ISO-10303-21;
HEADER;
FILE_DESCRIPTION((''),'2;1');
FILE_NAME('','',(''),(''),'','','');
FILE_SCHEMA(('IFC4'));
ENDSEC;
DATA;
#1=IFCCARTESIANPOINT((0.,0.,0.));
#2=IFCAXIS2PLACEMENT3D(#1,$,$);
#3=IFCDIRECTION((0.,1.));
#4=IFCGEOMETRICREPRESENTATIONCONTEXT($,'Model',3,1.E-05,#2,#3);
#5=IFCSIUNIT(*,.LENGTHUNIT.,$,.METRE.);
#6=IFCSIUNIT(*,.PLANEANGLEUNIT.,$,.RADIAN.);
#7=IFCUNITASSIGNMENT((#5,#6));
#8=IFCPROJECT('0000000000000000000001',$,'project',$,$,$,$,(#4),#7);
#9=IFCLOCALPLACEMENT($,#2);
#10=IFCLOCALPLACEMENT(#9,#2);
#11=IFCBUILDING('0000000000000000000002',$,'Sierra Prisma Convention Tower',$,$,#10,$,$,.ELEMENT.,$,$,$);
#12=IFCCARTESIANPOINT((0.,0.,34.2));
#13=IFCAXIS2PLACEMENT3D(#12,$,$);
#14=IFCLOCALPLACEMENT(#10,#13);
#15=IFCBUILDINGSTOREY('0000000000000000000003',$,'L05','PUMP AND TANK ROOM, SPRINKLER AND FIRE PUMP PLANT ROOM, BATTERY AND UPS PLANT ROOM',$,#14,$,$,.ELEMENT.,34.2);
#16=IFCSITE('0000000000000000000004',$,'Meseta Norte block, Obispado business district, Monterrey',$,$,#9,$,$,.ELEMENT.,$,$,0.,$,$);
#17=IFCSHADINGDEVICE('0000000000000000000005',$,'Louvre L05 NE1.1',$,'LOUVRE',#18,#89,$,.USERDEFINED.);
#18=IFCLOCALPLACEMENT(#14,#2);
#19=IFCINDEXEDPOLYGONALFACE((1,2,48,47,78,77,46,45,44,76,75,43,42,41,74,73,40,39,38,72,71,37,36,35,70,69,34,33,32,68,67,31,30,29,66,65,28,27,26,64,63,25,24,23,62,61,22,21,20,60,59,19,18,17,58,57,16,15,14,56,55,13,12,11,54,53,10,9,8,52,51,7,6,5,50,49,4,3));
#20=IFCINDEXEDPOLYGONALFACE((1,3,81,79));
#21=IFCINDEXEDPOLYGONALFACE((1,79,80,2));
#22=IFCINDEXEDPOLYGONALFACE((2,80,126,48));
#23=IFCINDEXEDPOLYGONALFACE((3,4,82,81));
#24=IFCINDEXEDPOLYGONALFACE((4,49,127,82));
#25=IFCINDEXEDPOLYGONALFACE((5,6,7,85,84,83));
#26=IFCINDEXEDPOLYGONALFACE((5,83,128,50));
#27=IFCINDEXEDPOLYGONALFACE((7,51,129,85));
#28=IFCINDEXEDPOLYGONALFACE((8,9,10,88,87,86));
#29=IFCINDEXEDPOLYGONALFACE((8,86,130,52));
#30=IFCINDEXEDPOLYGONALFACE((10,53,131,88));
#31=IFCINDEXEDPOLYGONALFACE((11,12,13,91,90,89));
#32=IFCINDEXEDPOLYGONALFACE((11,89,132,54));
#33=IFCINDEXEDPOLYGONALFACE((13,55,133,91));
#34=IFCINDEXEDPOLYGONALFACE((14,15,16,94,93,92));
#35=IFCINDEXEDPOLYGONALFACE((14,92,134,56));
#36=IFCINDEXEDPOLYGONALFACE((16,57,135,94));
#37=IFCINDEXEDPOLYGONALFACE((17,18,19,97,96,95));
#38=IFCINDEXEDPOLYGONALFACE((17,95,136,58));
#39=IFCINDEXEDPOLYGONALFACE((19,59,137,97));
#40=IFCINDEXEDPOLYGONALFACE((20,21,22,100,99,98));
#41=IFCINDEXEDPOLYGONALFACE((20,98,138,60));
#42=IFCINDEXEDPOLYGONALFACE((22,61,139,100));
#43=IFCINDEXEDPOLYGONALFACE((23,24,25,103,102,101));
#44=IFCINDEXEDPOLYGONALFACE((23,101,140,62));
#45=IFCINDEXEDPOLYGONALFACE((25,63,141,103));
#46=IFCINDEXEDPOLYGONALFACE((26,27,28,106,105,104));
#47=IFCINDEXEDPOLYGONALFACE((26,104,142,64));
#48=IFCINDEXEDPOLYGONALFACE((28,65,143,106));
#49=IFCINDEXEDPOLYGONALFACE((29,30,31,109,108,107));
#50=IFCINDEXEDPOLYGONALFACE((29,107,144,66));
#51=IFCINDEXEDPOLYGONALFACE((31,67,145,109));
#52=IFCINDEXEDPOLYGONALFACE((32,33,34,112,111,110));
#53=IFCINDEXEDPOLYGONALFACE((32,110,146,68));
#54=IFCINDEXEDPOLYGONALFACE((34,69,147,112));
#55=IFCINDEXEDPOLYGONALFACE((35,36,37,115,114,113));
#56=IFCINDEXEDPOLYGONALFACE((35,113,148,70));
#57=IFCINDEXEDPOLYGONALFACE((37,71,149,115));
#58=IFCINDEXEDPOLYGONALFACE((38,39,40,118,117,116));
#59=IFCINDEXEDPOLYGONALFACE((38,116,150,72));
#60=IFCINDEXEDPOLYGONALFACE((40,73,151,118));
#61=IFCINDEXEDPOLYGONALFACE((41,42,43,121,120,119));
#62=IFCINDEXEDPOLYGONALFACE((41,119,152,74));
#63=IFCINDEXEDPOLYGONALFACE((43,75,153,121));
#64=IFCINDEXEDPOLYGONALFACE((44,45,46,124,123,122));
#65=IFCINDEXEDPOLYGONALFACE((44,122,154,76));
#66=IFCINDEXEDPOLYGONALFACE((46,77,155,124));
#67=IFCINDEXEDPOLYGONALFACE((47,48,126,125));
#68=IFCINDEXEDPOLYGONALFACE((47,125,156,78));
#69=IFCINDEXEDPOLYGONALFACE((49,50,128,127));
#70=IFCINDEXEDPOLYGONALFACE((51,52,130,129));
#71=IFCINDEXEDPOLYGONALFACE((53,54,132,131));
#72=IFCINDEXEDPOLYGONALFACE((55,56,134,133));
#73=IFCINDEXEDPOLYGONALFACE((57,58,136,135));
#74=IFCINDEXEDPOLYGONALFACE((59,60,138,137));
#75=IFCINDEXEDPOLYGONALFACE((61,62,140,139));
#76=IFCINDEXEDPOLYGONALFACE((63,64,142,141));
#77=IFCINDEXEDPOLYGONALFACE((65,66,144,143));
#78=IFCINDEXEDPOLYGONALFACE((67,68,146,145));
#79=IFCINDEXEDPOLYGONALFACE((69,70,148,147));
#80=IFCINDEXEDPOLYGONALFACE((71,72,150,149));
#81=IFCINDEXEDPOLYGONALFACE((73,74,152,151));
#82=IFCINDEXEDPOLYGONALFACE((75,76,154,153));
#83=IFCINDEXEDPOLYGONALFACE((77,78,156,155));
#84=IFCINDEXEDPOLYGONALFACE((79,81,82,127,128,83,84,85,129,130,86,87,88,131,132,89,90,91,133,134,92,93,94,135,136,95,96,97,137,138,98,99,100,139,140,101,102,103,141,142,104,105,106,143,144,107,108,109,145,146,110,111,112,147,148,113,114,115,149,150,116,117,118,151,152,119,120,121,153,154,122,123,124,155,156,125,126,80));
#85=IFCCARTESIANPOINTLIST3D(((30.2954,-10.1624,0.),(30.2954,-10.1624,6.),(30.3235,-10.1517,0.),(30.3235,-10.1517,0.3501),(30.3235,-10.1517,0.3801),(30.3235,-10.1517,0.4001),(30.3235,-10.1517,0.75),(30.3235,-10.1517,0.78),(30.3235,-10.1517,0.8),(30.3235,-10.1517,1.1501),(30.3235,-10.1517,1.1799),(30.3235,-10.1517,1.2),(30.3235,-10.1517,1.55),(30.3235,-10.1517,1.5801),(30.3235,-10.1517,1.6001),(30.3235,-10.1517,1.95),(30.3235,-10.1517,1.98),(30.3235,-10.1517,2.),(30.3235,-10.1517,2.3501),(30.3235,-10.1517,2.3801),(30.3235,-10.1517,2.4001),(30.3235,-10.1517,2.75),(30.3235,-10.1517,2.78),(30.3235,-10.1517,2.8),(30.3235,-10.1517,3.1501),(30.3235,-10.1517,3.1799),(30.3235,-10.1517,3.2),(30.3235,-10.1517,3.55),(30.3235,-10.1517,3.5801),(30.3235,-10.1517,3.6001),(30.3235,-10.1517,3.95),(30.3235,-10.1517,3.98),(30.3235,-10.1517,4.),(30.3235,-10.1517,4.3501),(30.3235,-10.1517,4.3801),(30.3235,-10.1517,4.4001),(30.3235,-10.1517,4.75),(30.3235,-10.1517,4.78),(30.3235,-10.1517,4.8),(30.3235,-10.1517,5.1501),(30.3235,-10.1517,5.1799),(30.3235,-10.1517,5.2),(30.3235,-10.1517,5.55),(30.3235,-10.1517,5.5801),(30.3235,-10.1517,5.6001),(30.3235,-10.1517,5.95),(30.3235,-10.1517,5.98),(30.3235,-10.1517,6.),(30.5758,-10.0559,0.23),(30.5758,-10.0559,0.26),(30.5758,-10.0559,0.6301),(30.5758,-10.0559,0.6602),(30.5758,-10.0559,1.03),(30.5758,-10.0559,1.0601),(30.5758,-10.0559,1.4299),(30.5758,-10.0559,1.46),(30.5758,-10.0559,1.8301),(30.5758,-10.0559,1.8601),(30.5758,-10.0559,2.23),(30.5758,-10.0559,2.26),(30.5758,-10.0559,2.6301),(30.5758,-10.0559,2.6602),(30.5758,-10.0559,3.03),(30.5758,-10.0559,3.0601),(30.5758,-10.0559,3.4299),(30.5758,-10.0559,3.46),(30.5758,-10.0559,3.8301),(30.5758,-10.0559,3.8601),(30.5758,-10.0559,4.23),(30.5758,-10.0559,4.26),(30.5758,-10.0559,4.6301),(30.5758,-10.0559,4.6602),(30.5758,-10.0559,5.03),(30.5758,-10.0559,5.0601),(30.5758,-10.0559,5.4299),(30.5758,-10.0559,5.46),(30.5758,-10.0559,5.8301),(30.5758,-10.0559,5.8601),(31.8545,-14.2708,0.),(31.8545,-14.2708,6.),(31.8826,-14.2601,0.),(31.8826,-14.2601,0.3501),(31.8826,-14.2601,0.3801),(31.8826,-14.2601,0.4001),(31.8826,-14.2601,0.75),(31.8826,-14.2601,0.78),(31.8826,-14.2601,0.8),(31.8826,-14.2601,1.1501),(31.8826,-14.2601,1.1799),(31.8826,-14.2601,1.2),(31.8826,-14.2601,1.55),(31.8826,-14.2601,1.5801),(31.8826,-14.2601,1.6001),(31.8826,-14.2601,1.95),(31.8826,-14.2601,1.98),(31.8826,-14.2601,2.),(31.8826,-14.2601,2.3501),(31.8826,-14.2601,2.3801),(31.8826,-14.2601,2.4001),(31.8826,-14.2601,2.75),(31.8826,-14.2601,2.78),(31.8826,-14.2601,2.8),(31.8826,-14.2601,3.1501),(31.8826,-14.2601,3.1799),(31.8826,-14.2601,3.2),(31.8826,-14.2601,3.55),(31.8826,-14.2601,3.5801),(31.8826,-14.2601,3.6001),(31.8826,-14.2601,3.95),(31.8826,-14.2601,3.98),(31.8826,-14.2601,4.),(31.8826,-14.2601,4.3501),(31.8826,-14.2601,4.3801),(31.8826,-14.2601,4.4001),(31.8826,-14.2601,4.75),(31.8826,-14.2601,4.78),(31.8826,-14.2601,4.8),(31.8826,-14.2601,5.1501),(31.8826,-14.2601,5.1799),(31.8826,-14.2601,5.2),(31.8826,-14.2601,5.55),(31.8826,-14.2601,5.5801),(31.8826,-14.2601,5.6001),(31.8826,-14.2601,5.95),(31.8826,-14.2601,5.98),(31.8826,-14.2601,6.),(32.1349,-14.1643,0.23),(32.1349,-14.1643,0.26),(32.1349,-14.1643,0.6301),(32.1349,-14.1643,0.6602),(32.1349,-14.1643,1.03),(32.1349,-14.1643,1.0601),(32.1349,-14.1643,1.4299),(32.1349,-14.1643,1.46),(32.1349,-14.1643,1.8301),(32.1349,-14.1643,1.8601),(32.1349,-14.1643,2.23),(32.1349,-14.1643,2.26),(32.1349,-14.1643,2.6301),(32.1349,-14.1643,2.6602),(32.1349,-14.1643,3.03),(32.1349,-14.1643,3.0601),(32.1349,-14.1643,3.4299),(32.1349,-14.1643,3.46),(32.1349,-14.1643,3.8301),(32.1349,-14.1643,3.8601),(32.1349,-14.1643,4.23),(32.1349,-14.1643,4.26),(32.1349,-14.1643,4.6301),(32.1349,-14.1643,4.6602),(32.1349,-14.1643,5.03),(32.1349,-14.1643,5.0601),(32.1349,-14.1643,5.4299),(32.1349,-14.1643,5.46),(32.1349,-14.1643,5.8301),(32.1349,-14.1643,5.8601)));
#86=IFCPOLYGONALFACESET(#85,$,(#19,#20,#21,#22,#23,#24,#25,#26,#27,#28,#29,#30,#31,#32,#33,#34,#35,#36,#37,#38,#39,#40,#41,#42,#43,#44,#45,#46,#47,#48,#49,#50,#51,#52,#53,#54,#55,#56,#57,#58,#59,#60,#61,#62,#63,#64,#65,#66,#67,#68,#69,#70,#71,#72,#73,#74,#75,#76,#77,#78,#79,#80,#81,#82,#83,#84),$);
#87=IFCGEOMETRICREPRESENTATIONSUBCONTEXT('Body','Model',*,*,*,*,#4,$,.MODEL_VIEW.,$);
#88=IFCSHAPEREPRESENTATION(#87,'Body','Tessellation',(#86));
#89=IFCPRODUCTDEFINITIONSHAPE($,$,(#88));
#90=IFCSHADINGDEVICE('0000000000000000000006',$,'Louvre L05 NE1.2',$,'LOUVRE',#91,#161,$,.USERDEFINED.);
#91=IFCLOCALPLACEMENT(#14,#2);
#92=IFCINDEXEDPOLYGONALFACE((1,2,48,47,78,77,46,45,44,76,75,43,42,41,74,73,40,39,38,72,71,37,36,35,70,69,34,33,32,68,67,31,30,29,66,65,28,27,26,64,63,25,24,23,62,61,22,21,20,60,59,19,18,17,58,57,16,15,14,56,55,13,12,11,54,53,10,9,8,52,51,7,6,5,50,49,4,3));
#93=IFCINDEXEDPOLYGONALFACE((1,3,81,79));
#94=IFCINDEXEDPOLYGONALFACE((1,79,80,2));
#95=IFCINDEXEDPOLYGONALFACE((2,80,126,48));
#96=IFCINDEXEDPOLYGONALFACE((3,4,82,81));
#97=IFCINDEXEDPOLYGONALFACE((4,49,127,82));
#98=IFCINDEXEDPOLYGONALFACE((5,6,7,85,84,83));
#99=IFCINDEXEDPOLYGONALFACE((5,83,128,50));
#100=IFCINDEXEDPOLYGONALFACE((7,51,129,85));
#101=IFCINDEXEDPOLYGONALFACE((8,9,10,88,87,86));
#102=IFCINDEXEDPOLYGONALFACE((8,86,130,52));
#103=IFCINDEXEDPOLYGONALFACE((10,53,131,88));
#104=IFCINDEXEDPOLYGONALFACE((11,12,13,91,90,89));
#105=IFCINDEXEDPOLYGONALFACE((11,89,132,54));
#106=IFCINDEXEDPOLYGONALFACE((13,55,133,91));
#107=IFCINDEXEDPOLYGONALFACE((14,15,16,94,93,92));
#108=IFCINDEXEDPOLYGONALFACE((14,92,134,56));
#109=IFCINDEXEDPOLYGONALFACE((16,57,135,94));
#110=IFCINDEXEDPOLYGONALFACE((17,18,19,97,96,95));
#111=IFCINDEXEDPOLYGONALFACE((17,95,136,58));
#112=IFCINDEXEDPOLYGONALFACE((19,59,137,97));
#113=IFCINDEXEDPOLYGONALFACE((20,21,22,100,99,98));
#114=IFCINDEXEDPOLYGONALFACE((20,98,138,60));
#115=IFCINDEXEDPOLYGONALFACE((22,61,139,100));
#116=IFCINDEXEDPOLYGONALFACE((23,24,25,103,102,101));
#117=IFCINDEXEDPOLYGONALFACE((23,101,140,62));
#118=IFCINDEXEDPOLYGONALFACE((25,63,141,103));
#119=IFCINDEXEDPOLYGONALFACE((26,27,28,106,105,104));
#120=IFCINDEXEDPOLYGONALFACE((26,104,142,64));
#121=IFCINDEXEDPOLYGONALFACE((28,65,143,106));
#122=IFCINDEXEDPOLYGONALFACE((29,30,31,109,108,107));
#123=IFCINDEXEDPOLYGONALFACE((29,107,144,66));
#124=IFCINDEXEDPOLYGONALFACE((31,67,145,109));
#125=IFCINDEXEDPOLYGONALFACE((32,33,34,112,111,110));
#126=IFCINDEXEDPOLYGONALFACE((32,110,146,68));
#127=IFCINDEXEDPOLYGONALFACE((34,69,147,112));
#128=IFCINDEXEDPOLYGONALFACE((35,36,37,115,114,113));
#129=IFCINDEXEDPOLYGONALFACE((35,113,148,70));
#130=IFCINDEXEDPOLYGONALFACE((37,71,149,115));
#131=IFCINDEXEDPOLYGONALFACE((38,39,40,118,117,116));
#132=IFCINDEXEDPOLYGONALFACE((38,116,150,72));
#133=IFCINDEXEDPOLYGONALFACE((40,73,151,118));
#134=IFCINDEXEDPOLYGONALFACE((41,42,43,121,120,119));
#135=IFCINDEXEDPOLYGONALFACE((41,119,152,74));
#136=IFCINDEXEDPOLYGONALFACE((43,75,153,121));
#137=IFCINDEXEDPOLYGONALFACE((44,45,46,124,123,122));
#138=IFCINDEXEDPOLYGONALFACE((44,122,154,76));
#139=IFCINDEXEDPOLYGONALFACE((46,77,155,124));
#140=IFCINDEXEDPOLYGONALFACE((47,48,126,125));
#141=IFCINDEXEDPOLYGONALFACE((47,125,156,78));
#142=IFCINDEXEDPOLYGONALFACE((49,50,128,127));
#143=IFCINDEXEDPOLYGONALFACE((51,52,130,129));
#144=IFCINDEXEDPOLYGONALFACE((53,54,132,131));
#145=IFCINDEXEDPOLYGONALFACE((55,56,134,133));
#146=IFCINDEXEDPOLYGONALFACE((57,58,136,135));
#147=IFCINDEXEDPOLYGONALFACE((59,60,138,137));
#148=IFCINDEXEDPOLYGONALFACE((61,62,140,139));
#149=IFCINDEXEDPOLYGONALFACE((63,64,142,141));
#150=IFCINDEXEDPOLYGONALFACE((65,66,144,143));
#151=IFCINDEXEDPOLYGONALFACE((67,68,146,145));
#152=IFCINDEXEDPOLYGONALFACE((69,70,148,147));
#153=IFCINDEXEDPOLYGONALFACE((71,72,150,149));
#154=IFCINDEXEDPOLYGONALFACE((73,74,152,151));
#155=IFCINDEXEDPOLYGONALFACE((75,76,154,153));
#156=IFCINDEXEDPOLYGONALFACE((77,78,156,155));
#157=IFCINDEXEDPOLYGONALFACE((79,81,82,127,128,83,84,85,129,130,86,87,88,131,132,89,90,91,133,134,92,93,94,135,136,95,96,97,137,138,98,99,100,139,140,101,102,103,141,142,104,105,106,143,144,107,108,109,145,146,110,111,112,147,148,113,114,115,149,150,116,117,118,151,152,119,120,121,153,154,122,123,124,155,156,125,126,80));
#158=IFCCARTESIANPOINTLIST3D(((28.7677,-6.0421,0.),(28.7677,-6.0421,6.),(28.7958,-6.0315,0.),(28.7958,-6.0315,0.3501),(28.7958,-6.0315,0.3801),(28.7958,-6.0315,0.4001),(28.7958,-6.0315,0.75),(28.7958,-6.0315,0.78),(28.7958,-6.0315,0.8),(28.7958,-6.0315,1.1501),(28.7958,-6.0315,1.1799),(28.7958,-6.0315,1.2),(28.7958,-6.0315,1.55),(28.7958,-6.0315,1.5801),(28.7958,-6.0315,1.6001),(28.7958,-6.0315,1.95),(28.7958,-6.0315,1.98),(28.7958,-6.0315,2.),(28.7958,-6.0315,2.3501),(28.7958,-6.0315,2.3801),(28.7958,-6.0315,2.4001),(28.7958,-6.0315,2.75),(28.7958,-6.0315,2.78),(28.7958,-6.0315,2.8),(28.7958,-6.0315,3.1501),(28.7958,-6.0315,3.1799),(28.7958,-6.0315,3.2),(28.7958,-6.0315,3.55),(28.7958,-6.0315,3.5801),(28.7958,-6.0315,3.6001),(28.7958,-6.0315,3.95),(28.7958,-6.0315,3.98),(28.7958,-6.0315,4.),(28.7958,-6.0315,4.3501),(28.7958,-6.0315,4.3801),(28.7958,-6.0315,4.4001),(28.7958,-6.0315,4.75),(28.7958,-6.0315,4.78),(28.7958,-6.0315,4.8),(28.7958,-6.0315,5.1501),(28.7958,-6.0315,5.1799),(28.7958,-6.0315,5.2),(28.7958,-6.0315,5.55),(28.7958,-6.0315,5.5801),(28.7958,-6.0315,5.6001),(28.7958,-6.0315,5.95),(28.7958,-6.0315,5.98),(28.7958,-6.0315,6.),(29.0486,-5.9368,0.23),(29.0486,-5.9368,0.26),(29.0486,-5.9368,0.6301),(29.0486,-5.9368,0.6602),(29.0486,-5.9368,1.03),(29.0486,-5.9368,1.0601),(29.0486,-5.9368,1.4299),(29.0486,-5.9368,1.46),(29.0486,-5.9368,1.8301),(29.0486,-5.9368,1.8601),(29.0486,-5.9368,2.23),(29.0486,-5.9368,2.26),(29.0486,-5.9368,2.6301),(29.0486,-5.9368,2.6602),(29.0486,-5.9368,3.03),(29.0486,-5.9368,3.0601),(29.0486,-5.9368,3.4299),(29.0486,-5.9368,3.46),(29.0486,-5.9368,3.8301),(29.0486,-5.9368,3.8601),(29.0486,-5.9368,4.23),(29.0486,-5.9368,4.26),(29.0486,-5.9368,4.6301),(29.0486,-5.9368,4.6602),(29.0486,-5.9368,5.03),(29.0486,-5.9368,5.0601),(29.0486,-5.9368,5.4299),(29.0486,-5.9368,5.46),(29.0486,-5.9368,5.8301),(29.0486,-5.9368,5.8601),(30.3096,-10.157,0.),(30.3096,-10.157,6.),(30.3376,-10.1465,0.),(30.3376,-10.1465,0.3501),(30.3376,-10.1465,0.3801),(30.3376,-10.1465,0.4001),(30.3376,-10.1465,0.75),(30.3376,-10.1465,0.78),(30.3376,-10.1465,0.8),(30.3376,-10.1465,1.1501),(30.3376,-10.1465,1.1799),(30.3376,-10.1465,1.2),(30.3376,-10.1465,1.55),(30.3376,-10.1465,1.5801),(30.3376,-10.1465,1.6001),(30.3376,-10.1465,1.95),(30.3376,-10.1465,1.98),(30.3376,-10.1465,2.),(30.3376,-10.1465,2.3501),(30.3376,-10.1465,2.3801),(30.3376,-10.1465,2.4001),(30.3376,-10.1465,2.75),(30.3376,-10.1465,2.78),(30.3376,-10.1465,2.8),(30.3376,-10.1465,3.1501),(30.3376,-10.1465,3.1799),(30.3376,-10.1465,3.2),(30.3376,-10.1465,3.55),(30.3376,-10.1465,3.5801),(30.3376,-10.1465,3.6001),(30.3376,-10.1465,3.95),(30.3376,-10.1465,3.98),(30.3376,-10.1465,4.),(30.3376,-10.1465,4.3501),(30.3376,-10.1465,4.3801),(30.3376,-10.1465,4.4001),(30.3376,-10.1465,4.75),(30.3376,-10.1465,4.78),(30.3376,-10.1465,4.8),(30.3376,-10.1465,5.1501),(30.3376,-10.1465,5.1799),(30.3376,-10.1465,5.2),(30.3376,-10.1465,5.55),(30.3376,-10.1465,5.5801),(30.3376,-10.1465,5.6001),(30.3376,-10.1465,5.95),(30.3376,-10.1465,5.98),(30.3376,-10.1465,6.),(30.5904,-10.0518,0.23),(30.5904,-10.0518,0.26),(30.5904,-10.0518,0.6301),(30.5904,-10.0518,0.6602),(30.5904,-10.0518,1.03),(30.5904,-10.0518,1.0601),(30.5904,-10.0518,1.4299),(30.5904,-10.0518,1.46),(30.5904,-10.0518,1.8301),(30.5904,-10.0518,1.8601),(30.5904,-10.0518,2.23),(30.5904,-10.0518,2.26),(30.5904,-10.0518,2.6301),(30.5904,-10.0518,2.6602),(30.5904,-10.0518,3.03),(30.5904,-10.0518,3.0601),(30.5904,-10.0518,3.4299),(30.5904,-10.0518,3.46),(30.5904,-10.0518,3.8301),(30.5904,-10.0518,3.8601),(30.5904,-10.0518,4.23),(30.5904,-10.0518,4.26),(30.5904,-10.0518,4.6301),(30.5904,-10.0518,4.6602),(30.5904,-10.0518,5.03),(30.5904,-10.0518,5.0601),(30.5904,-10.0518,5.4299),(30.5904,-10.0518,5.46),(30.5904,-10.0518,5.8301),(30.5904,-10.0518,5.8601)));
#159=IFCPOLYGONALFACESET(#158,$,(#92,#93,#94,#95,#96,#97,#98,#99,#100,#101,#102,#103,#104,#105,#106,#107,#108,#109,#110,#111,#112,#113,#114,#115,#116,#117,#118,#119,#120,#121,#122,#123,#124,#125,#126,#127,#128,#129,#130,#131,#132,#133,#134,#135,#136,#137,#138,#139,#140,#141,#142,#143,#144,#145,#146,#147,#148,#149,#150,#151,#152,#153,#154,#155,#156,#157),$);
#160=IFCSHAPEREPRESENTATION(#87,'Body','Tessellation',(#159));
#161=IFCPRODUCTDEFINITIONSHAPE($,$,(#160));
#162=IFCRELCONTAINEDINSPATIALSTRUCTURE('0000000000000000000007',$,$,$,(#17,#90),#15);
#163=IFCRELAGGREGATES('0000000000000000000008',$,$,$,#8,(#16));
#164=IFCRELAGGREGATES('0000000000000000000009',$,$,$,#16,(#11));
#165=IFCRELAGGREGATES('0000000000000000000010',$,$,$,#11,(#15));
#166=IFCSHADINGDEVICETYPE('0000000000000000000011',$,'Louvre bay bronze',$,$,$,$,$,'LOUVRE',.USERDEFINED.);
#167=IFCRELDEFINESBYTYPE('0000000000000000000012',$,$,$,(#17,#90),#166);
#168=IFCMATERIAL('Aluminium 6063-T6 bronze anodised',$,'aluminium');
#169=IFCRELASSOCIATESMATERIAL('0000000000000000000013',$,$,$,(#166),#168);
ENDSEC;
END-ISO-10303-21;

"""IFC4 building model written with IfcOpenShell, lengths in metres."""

from ifc_helpers import new_model, si_unit, direction, frame, origin, place, context, subcontext, project, spatial, polyline, outline, extrude, material, type_object, element, save


model = new_model("IFC4")

# Units and contexts
model_context = context("Model", 3, precision=1e-05, world=origin(), true_north=direction((0.0, 1.0)))
body_context = subcontext(model_context, "Body", "Model", "MODEL_VIEW")
ifc_project = project(units=[si_unit("LENGTHUNIT", "METRE"), si_unit("PLANEANGLEUNIT", "RADIAN")], contexts=[model_context])

# Site, building, storey
site_placement = place(None, origin())
site = spatial("IfcSite", under=ifc_project, at=site_placement, Name="Meseta Norte block, Obispado business district, Monterrey", CompositionType="ELEMENT", RefElevation=0.0)
building_placement = place(site_placement, origin())
building = spatial("IfcBuilding", under=site, at=building_placement, Name="Sierra Prisma Convention Tower", CompositionType="ELEMENT")
storey_placement = place(building_placement, frame((0.0, 0.0, 34.2)))
storey = spatial("IfcBuildingStorey", under=building, at=storey_placement, Name="L05", Description="PUMP AND TANK ROOM, SPRINKLER AND FIRE PUMP PLANT ROOM, BATTERY AND UPS PLANT ROOM", CompositionType="ELEMENT", Elevation=34.2)

# Shading devices
ifc_material_1 = material(Name="Aluminium 6063-T6 bronze anodised", Category="aluminium")
shading_device_type = type_object("IfcShadingDeviceType", Name="Louvre bay bronze", ElementType="LOUVRE", PredefinedType="USERDEFINED", material=ifc_material_1)
shading_device_1_placement = place(storey_placement, frame((31.8545, -14.2708, 0.0), z_axis=(0.354804, -0.934941, 0.0), x_axis=(0.0, 0.0, 1.0)))
element("IfcShadingDevice", 1, at=shading_device_1_placement, inside=storey, type_object=shading_device_type, Name="Louvre L05 NE1.1", ObjectType="LOUVRE", PredefinedType="USERDEFINED", context=body_context, shape_type="SweptSolid", body=[
    extrude(outline(polyline([(0.0, 0.0), (6.0, 0.0), (6.0, -0.0301), (5.98, -0.0301), (5.8601, -0.2999), (5.8301, -0.2999), (5.95, -0.0301), (5.6001, -0.0301), (5.5801, -0.0301), (5.46, -0.2999), (5.4299, -0.2999), (5.55, -0.0301), (5.2, -0.0301), (5.1799, -0.0301), (5.0601, -0.2999), (5.03, -0.2999), (5.1501, -0.0301), (4.8, -0.0301), (4.78, -0.0301), (4.6602, -0.2999), (4.6301, -0.2999), (4.75, -0.0301), (4.4001, -0.0301), (4.3801, -0.0301), (4.26, -0.2999), (4.23, -0.2999), (4.3501, -0.0301), (4.0, -0.0301), (3.98, -0.0301), (3.8601, -0.2999), (3.8301, -0.2999), (3.95, -0.0301), (3.6001, -0.0301), (3.5801, -0.0301), (3.46, -0.2999), (3.4299, -0.2999), (3.55, -0.0301), (3.2, -0.0301), (3.1799, -0.0301), (3.0601, -0.2999), (3.03, -0.2999), (3.1501, -0.0301), (2.8, -0.0301), (2.78, -0.0301), (2.6602, -0.2999), (2.6301, -0.2999), (2.75, -0.0301), (2.4001, -0.0301), (2.3801, -0.0301), (2.26, -0.2999), (2.23, -0.2999), (2.3501, -0.0301), (2.0, -0.0301), (1.98, -0.0301), (1.8601, -0.2999), (1.8301, -0.2999), (1.95, -0.0301), (1.6001, -0.0301), (1.5801, -0.0301), (1.46, -0.2999), (1.4299, -0.2999), (1.55, -0.0301), (1.2, -0.0301), (1.1799, -0.0301), (1.0601, -0.2999), (1.03, -0.2999), (1.1501, -0.0301), (0.8, -0.0301), (0.78, -0.0301), (0.6602, -0.2999), (0.6301, -0.2999), (0.75, -0.0301), (0.4001, -0.0301), (0.3801, -0.0301), (0.26, -0.2999), (0.23, -0.2999), (0.3501, -0.0301), (0.0, -0.0301), (0.0, 0.0)])), origin(), (0.0, 0.0, -1.0), 4.3943),
])
shading_device_2_placement = place(storey_placement, frame((30.3096, -10.157, 0.0), z_axis=(0.35087, -0.936424, 0.0), x_axis=(0.0, 0.0, 1.0)))
element("IfcShadingDevice", 2, at=shading_device_2_placement, inside=storey, type_object=shading_device_type, Name="Louvre L05 NE1.2", ObjectType="LOUVRE", PredefinedType="USERDEFINED", context=body_context, shape_type="SweptSolid", body=[
    extrude(outline(polyline([(0.0, 0.0), (6.0, 0.0), (6.0, -0.03), (5.98, -0.03), (5.8601, -0.2999), (5.8301, -0.2999), (5.95, -0.03), (5.6001, -0.03), (5.5801, -0.03), (5.46, -0.2999), (5.4299, -0.2999), (5.55, -0.03), (5.2, -0.03), (5.1799, -0.03), (5.0601, -0.2999), (5.03, -0.2999), (5.1501, -0.03), (4.8, -0.03), (4.78, -0.03), (4.6602, -0.2999), (4.6301, -0.2999), (4.75, -0.03), (4.4001, -0.03), (4.3801, -0.03), (4.26, -0.2999), (4.23, -0.2999), (4.3501, -0.03), (4.0, -0.03), (3.98, -0.03), (3.8601, -0.2999), (3.8301, -0.2999), (3.95, -0.03), (3.6001, -0.03), (3.5801, -0.03), (3.46, -0.2999), (3.4299, -0.2999), (3.55, -0.03), (3.2, -0.03), (3.1799, -0.03), (3.0601, -0.2999), (3.03, -0.2999), (3.1501, -0.03), (2.8, -0.03), (2.78, -0.03), (2.6602, -0.2999), (2.6301, -0.2999), (2.75, -0.03), (2.4001, -0.03), (2.3801, -0.03), (2.26, -0.2999), (2.23, -0.2999), (2.3501, -0.03), (2.0, -0.03), (1.98, -0.03), (1.8601, -0.2999), (1.8301, -0.2999), (1.95, -0.03), (1.6001, -0.03), (1.5801, -0.03), (1.46, -0.2999), (1.4299, -0.2999), (1.55, -0.03), (1.2, -0.03), (1.1799, -0.03), (1.0601, -0.2999), (1.03, -0.2999), (1.1501, -0.03), (0.8, -0.03), (0.78, -0.03), (0.6602, -0.2999), (0.6301, -0.2999), (0.75, -0.03), (0.4001, -0.03), (0.3801, -0.03), (0.26, -0.2999), (0.23, -0.2999), (0.3501, -0.03), (0.0, -0.03), (0.0, 0.0)])), origin(), (0.0, 0.0, -1.0), 4.3943),
])

save(model, "model.ifc")
